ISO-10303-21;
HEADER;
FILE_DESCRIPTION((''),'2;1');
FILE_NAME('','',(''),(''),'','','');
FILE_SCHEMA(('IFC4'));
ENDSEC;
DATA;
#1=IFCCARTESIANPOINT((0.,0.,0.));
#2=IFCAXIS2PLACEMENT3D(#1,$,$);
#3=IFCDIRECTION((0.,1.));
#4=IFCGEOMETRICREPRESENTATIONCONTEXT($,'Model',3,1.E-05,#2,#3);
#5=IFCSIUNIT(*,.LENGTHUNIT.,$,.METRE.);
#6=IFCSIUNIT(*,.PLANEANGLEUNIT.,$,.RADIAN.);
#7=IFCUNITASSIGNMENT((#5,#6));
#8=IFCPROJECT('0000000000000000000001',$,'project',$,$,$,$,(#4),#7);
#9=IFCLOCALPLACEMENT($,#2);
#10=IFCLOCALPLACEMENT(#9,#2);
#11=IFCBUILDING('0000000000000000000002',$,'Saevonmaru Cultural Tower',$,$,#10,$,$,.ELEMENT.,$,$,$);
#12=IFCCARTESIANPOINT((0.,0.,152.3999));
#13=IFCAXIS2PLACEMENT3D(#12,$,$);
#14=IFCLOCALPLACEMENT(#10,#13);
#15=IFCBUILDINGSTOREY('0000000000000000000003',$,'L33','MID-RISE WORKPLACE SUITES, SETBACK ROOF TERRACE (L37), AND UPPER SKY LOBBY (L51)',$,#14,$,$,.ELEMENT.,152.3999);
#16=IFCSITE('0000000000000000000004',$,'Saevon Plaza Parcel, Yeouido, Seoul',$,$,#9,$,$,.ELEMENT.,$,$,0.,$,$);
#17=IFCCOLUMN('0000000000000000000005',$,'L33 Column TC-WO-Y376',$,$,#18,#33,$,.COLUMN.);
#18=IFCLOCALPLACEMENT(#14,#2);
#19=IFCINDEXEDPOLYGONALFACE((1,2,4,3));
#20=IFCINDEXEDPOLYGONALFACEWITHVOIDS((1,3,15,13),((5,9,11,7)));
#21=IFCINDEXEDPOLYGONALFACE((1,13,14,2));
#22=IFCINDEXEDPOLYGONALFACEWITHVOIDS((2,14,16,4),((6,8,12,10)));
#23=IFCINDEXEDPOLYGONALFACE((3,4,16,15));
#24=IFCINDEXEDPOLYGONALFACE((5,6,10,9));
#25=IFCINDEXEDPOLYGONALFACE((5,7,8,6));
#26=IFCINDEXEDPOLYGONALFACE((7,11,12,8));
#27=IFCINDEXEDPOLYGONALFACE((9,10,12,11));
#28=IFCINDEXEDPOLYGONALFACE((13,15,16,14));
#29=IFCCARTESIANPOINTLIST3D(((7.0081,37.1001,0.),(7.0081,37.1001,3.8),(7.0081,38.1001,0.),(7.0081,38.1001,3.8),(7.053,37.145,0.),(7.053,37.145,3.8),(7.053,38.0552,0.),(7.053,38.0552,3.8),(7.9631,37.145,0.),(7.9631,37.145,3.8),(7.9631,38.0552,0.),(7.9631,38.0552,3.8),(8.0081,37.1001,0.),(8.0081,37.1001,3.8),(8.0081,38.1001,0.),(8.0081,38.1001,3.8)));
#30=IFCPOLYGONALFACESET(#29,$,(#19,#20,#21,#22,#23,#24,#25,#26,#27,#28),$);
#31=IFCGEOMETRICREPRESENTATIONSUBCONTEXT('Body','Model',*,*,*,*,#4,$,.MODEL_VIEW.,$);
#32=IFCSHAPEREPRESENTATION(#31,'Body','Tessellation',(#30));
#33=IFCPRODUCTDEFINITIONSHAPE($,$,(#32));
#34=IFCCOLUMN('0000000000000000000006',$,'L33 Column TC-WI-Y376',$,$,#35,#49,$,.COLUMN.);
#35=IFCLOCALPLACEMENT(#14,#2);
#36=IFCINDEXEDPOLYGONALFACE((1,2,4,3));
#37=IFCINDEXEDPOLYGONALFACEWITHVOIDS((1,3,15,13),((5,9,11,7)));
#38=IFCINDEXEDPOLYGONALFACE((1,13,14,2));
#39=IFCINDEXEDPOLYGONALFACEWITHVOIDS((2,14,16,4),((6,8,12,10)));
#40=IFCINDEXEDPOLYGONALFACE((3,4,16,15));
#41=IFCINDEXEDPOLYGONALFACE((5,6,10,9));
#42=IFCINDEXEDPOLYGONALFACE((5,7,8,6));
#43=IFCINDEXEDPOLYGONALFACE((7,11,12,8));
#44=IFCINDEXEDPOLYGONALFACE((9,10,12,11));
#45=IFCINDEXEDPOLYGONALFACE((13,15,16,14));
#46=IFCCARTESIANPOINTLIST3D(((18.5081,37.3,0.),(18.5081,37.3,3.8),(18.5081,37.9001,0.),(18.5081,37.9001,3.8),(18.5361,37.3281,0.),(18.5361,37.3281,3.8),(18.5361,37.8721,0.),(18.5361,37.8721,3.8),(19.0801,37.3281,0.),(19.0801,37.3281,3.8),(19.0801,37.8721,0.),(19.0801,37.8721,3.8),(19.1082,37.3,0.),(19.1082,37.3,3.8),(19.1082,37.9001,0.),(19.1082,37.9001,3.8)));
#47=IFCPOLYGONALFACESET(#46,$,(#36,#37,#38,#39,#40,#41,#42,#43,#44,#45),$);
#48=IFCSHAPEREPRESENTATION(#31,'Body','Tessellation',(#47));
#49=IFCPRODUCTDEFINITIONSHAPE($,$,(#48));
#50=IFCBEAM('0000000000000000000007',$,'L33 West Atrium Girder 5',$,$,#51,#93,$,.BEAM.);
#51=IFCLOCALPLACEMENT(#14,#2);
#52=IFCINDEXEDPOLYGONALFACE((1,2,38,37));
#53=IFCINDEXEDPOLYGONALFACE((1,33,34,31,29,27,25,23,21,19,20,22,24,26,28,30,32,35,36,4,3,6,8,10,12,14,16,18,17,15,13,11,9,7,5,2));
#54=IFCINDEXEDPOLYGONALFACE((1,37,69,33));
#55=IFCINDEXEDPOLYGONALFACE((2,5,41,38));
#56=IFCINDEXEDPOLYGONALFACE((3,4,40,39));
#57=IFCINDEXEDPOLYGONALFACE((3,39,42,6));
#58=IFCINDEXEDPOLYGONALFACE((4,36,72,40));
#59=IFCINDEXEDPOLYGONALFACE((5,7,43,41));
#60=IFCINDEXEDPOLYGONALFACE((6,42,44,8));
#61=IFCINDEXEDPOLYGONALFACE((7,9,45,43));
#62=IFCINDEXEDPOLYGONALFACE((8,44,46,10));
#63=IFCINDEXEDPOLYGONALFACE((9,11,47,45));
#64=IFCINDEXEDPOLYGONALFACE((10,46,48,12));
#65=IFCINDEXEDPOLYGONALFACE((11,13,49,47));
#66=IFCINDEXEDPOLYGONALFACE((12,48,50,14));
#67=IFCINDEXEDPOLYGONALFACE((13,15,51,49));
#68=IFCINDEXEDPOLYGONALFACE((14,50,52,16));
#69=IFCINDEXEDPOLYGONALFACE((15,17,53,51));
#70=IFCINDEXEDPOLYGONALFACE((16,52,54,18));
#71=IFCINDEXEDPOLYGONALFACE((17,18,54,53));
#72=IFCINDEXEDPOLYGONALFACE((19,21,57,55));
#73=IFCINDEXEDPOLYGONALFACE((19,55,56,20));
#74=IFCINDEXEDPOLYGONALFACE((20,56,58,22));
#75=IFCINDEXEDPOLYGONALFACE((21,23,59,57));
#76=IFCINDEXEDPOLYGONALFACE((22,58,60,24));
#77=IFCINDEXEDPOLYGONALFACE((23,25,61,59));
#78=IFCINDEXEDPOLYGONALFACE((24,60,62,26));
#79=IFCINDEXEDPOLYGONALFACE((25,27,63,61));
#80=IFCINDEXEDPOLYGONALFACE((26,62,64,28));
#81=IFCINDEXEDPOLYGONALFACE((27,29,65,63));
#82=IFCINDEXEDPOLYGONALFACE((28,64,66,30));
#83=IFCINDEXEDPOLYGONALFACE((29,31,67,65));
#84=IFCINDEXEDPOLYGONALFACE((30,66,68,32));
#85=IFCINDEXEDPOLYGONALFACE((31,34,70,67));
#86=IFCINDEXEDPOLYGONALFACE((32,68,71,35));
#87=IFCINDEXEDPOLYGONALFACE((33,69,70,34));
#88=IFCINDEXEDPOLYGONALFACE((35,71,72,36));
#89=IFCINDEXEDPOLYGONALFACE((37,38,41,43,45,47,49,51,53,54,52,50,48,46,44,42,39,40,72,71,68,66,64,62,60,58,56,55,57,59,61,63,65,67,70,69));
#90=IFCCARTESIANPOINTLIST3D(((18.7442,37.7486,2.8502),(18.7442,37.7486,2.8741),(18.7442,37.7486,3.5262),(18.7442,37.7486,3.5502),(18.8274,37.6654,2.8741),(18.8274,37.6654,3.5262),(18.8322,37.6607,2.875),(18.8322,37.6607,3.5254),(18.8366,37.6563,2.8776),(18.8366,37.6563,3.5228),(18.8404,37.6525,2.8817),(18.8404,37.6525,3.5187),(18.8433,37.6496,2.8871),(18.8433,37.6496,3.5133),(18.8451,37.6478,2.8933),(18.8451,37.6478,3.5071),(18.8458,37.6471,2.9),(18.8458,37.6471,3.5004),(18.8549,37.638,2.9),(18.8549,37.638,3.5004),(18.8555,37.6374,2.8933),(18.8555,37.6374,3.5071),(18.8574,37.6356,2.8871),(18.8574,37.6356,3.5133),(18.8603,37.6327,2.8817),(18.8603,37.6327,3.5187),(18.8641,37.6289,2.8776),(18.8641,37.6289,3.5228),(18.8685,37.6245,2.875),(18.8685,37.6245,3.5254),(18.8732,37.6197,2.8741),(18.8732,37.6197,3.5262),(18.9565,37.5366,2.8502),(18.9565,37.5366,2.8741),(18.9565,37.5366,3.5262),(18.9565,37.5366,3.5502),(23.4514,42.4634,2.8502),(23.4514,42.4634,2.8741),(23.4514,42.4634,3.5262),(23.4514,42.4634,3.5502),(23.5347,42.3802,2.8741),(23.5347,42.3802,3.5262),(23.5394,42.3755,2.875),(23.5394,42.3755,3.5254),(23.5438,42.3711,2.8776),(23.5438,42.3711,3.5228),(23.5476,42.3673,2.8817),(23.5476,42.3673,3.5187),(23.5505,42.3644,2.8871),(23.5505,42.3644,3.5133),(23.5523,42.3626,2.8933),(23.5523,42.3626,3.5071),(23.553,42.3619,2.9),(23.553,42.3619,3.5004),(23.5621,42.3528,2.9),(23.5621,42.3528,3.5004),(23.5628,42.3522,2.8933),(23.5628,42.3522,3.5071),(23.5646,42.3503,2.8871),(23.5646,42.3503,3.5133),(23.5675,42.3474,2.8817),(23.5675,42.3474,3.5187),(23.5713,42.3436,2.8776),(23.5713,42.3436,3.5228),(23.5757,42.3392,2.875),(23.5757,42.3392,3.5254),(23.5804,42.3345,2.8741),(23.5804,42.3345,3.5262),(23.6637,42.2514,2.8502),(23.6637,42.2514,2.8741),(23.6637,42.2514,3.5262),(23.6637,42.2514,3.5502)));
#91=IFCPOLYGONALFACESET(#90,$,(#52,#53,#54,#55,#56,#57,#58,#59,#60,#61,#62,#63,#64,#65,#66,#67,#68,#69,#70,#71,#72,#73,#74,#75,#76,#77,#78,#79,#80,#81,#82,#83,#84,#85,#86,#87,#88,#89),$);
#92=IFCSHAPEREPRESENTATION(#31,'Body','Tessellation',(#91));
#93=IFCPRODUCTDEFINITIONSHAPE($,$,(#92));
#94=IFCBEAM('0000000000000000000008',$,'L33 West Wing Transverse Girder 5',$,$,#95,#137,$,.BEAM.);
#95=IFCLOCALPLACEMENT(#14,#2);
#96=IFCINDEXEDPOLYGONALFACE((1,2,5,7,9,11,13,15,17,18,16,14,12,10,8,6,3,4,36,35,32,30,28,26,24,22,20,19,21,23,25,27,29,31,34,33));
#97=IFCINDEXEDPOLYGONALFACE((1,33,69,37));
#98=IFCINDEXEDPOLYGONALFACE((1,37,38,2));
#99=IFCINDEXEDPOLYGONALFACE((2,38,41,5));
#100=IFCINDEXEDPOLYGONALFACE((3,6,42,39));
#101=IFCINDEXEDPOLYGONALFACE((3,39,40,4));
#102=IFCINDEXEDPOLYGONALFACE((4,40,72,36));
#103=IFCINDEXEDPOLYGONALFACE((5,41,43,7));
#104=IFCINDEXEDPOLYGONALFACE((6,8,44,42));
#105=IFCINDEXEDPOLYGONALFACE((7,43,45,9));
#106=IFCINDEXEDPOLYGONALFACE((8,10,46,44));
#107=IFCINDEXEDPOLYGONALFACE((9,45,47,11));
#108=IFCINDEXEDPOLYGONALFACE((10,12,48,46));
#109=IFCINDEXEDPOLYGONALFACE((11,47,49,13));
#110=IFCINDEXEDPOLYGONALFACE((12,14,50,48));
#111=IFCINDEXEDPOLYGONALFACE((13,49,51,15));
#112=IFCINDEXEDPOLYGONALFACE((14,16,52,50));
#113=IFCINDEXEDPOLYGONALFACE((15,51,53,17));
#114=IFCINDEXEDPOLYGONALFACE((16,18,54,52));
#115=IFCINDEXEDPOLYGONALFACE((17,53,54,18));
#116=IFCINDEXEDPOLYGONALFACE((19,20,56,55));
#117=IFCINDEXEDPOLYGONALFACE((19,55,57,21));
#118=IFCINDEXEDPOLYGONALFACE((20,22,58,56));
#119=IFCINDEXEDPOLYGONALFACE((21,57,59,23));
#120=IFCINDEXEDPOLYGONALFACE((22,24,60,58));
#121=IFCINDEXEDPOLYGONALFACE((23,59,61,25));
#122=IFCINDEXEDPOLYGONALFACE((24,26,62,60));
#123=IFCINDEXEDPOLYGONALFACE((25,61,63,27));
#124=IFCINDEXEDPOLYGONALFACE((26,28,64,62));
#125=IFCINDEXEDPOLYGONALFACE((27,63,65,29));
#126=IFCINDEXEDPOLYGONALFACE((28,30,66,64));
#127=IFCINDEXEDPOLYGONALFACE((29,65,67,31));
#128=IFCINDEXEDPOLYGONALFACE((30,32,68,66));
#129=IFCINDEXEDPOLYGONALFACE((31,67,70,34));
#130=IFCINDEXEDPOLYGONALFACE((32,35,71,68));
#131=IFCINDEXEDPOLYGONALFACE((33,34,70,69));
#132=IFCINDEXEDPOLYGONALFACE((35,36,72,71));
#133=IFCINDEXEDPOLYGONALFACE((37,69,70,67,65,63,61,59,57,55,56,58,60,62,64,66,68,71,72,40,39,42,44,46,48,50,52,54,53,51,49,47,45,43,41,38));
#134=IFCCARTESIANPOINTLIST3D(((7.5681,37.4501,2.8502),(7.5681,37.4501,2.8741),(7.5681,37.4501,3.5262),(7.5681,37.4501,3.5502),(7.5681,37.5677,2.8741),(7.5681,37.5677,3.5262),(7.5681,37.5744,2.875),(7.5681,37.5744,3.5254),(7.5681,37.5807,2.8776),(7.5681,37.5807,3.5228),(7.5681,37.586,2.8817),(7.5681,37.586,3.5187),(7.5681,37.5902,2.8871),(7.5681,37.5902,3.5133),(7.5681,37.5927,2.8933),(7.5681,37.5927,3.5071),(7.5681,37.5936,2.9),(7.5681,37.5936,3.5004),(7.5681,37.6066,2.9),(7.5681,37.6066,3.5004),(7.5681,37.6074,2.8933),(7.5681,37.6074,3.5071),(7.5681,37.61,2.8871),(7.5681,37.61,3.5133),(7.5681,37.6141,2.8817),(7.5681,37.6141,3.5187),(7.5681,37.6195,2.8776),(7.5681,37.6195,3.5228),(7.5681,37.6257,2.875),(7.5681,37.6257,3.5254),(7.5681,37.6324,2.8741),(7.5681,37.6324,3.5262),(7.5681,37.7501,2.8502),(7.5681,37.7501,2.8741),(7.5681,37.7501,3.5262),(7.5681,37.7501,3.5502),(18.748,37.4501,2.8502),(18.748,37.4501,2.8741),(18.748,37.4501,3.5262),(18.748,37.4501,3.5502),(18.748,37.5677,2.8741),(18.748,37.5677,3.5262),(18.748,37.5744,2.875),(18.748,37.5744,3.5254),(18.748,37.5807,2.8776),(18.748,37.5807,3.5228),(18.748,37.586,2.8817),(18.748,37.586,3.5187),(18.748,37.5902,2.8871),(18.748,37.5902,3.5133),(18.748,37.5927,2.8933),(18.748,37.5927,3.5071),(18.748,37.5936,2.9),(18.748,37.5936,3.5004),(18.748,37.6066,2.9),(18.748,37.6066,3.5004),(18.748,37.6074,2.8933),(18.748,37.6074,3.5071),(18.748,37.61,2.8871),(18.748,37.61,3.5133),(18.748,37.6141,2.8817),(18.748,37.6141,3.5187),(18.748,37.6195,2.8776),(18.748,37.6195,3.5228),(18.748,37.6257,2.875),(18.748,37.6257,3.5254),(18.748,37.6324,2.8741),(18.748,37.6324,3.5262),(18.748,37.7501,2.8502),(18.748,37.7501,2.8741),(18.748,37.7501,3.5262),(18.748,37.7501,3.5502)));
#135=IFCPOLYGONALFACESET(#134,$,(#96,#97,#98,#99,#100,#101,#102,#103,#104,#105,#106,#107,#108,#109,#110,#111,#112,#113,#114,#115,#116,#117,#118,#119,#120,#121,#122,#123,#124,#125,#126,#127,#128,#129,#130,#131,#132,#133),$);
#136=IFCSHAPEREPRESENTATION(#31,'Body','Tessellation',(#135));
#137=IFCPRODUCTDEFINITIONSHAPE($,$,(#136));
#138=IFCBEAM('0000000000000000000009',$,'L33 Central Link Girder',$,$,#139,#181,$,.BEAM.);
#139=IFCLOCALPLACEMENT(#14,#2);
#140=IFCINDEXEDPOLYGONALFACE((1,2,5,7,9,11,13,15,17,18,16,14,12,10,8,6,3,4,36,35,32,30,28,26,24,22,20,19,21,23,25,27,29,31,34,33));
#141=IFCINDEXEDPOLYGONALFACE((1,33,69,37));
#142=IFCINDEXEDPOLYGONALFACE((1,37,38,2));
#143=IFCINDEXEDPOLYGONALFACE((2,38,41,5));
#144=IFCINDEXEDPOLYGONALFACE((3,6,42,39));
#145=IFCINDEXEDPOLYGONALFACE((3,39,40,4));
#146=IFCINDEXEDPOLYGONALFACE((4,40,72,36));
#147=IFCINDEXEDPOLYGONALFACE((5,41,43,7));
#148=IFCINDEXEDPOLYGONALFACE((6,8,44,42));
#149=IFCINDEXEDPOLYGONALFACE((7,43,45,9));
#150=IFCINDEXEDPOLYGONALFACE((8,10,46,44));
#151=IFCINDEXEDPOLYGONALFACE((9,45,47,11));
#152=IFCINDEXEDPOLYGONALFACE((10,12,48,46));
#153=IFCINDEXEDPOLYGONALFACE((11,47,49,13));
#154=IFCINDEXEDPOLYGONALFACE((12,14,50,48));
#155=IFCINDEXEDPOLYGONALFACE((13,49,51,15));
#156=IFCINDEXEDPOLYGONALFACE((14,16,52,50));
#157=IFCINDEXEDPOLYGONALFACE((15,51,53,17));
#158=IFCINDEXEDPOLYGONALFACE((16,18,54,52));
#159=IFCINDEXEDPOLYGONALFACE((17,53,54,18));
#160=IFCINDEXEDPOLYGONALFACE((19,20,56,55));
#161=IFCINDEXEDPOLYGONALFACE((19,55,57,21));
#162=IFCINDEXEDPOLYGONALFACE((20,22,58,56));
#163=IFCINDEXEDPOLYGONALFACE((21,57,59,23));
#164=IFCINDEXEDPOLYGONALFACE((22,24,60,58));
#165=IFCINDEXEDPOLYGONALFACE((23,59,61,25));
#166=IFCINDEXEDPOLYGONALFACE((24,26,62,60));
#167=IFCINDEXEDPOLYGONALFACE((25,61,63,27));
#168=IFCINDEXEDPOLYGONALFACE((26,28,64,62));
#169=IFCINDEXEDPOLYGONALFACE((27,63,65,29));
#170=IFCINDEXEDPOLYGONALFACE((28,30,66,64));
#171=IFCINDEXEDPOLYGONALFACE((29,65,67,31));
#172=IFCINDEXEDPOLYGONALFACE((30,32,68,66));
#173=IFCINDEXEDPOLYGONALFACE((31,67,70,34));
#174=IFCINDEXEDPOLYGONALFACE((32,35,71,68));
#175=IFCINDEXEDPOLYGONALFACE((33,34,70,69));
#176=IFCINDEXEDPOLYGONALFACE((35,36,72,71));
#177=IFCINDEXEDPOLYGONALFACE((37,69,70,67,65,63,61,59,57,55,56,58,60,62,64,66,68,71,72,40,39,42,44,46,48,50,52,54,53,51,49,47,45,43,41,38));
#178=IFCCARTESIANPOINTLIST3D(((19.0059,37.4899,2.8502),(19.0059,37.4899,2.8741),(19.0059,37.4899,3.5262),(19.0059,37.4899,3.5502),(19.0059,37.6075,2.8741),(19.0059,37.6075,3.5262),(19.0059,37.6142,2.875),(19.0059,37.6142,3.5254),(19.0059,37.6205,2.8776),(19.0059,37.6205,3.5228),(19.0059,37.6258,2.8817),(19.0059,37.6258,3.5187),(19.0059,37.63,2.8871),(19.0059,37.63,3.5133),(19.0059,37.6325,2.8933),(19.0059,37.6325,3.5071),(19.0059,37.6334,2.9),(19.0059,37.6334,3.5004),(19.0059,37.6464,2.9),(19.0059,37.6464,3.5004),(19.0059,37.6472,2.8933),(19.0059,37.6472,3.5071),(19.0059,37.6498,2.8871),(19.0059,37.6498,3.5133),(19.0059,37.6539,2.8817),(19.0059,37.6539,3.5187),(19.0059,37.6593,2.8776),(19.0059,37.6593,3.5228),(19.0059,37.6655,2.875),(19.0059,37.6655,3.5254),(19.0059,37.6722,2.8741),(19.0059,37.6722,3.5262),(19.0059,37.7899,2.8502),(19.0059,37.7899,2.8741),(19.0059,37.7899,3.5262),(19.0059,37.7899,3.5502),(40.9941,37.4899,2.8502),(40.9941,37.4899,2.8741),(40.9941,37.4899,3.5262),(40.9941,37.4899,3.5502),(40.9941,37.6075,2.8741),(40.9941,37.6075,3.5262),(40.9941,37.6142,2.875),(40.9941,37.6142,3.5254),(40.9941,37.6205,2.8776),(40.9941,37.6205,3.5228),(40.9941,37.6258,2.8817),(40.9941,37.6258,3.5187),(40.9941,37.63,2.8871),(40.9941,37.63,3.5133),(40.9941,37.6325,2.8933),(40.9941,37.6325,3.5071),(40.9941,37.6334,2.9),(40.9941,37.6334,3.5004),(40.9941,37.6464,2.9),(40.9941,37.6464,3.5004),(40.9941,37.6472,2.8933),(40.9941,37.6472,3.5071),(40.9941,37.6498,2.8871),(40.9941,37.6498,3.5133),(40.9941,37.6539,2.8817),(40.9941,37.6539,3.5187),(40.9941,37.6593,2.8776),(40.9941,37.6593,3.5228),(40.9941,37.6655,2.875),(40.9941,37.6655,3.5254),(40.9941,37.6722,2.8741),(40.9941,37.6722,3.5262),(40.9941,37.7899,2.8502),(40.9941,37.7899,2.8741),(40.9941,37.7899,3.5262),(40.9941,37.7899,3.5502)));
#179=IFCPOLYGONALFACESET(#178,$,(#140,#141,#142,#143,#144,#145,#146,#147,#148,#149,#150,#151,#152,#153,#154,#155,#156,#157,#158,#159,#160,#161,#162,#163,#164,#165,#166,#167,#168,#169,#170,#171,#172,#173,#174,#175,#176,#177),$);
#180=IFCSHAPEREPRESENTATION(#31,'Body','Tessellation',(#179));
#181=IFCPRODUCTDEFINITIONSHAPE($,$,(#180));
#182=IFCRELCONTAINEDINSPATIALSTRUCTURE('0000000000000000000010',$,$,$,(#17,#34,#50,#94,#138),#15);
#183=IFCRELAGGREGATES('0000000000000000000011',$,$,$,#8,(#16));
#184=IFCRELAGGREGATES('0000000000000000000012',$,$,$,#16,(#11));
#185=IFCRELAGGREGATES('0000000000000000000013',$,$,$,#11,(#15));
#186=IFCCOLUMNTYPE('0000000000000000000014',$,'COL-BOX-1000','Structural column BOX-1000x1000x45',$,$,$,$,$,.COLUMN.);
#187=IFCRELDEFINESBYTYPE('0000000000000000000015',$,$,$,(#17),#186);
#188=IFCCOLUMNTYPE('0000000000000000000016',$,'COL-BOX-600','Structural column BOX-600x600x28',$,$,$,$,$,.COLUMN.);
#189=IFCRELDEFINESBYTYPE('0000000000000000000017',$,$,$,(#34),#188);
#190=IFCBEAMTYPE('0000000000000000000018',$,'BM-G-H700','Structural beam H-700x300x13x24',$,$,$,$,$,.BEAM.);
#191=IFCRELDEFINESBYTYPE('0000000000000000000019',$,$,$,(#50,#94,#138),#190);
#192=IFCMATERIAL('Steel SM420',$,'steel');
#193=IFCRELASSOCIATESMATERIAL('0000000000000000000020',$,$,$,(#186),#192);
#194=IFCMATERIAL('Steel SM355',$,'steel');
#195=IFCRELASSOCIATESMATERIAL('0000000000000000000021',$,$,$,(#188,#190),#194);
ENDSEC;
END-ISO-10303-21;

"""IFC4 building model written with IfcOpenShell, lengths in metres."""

from ifc_helpers import new_model, si_unit, direction, frame, origin, origin_2d, place, context, subcontext, project, spatial, hollow_rectangle, i_section, extrude, material, material_profile, profile_set, type_object, element, save


model = new_model("IFC4")

# Units and contexts
model_context = context("Model", 3, precision=1e-05, world=origin(), true_north=direction((0.0, 1.0)))
body_context = subcontext(model_context, "Body", "Model", "MODEL_VIEW")
ifc_project = project(units=[si_unit("LENGTHUNIT", "METRE"), si_unit("PLANEANGLEUNIT", "RADIAN")], contexts=[model_context])

# Site, building, storey
site_placement = place(None, origin())
site = spatial("IfcSite", under=ifc_project, at=site_placement, Name="Saevon Plaza Parcel, Yeouido, Seoul", CompositionType="ELEMENT", RefElevation=0.0)
building_placement = place(site_placement, origin())
building = spatial("IfcBuilding", under=site, at=building_placement, Name="Saevonmaru Cultural Tower", CompositionType="ELEMENT")
storey_placement = place(building_placement, frame((0.0, 0.0, 152.3999)))
storey = spatial("IfcBuildingStorey", under=building, at=storey_placement, Name="L33", Description="MID-RISE WORKPLACE SUITES, SETBACK ROOF TERRACE (L37), AND UPPER SKY LOBBY (L51)", CompositionType="ELEMENT", Elevation=152.3999)

# Columns
ifc_material_1 = material(Name="Steel SM420", Category="steel")
ifc_material_profile_1 = material_profile(ifc_material_1, hollow_rectangle(XDim=1.0, YDim=1.0, WallThickness=0.0449, at=origin_2d()), Name="BOX-1000x1000x45")
ifc_profile_set_1 = profile_set([ifc_material_profile_1], Name="Steel SM420")
column_type_1 = type_object("IfcColumnType", Name="COL-BOX-1000", Description="Structural column BOX-1000x1000x45", PredefinedType="COLUMN", material=ifc_profile_set_1)
column_1_placement = place(storey_placement, frame((7.5081, 37.6001, 0.0), z_axis=(0.0, 0.0, 1.0), x_axis=(1.0, 0.0, 0.0)))
element("IfcColumn", 1, at=column_1_placement, inside=storey, type_object=column_type_1, Name="L33 Column TC-WO-Y376", PredefinedType="COLUMN", context=body_context, shape_type="SweptSolid", body=[
    extrude(hollow_rectangle(XDim=1.0, YDim=1.0, WallThickness=0.0449, at=origin_2d()), origin(), (0.0, 0.0, 1.0), 3.8),
])
ifc_material_2 = material(Name="Steel SM355", Category="steel")
ifc_material_profile_2 = material_profile(ifc_material_2, hollow_rectangle(XDim=0.6001, YDim=0.6001, WallThickness=0.0281, at=origin_2d()), Name="BOX-600x600x28")
ifc_profile_set_2 = profile_set([ifc_material_profile_2], Name="Steel SM355")
column_type_2 = type_object("IfcColumnType", Name="COL-BOX-600", Description="Structural column BOX-600x600x28", PredefinedType="COLUMN", material=ifc_profile_set_2)
column_2_placement = place(storey_placement, frame((18.8081, 37.6001, 0.0), z_axis=(0.0, 0.0, 1.0), x_axis=(1.0, 0.0, 0.0)))
element("IfcColumn", 2, at=column_2_placement, inside=storey, type_object=column_type_2, Name="L33 Column TC-WI-Y376", PredefinedType="COLUMN", context=body_context, shape_type="SweptSolid", body=[
    extrude(hollow_rectangle(XDim=0.6001, YDim=0.6001, WallThickness=0.0281, at=origin_2d()), origin(), (0.0, 0.0, 1.0), 3.8),
])

# Beams
ifc_material_profile_3 = material_profile(ifc_material_2, i_section(OverallWidth=0.3, OverallDepth=0.7, WebThickness=0.0129, FlangeThickness=0.0239, FilletRadius=0.0259, at=origin_2d()), Name="H-700x300x13x24")
ifc_profile_set_3 = profile_set([ifc_material_profile_3], Name="Steel SM355")
beam_type_1 = type_object("IfcBeamType", Name="BM-G-H700", Description="Structural beam H-700x300x13x24", PredefinedType="BEAM", material=ifc_profile_set_3)
beam_1_placement = place(storey_placement, frame((18.8503, 37.6426, 3.2002), z_axis=(0.706539, 0.707675, 0.0), x_axis=(-0.707675, 0.706539, 0.0)))
element("IfcBeam", 3, at=beam_1_placement, inside=storey, type_object=beam_type_1, Name="L33 West Atrium Girder 5", PredefinedType="BEAM", context=body_context, shape_type="SweptSolid", body=[
    extrude(i_section(OverallWidth=0.3, OverallDepth=0.7, WebThickness=0.0129, FlangeThickness=0.0239, FilletRadius=0.0259, at=origin_2d()), origin(), (0.0, 0.0, 1.0), 6.6624),
])
beam_2_placement = place(storey_placement, frame((7.5681, 37.6001, 3.2002), z_axis=(1.0, 0.0, 0.0), x_axis=(0.0, 1.0, 0.0)))
element("IfcBeam", 4, at=beam_2_placement, inside=storey, type_object=beam_type_1, Name="L33 West Wing Transverse Girder 5", PredefinedType="BEAM", context=body_context, shape_type="SweptSolid", body=[
    extrude(i_section(OverallWidth=0.3, OverallDepth=0.7, WebThickness=0.0129, FlangeThickness=0.0239, FilletRadius=0.0259, at=origin_2d()), origin(), (0.0, 0.0, 1.0), 11.1799),
])
beam_3_placement = place(storey_placement, frame((19.0059, 37.6399, 3.2002), z_axis=(1.0, 0.0, 0.0), x_axis=(0.0, 1.0, 0.0)))
element("IfcBeam", 5, at=beam_3_placement, inside=storey, type_object=beam_type_1, Name="L33 Central Link Girder", PredefinedType="BEAM", context=body_context, shape_type="SweptSolid", body=[
    extrude(i_section(OverallWidth=0.3, OverallDepth=0.7, WebThickness=0.0129, FlangeThickness=0.0239, FilletRadius=0.0259, at=origin_2d()), origin(), (0.0, 0.0, 1.0), 21.9883),
])

save(model, "model.ifc")
